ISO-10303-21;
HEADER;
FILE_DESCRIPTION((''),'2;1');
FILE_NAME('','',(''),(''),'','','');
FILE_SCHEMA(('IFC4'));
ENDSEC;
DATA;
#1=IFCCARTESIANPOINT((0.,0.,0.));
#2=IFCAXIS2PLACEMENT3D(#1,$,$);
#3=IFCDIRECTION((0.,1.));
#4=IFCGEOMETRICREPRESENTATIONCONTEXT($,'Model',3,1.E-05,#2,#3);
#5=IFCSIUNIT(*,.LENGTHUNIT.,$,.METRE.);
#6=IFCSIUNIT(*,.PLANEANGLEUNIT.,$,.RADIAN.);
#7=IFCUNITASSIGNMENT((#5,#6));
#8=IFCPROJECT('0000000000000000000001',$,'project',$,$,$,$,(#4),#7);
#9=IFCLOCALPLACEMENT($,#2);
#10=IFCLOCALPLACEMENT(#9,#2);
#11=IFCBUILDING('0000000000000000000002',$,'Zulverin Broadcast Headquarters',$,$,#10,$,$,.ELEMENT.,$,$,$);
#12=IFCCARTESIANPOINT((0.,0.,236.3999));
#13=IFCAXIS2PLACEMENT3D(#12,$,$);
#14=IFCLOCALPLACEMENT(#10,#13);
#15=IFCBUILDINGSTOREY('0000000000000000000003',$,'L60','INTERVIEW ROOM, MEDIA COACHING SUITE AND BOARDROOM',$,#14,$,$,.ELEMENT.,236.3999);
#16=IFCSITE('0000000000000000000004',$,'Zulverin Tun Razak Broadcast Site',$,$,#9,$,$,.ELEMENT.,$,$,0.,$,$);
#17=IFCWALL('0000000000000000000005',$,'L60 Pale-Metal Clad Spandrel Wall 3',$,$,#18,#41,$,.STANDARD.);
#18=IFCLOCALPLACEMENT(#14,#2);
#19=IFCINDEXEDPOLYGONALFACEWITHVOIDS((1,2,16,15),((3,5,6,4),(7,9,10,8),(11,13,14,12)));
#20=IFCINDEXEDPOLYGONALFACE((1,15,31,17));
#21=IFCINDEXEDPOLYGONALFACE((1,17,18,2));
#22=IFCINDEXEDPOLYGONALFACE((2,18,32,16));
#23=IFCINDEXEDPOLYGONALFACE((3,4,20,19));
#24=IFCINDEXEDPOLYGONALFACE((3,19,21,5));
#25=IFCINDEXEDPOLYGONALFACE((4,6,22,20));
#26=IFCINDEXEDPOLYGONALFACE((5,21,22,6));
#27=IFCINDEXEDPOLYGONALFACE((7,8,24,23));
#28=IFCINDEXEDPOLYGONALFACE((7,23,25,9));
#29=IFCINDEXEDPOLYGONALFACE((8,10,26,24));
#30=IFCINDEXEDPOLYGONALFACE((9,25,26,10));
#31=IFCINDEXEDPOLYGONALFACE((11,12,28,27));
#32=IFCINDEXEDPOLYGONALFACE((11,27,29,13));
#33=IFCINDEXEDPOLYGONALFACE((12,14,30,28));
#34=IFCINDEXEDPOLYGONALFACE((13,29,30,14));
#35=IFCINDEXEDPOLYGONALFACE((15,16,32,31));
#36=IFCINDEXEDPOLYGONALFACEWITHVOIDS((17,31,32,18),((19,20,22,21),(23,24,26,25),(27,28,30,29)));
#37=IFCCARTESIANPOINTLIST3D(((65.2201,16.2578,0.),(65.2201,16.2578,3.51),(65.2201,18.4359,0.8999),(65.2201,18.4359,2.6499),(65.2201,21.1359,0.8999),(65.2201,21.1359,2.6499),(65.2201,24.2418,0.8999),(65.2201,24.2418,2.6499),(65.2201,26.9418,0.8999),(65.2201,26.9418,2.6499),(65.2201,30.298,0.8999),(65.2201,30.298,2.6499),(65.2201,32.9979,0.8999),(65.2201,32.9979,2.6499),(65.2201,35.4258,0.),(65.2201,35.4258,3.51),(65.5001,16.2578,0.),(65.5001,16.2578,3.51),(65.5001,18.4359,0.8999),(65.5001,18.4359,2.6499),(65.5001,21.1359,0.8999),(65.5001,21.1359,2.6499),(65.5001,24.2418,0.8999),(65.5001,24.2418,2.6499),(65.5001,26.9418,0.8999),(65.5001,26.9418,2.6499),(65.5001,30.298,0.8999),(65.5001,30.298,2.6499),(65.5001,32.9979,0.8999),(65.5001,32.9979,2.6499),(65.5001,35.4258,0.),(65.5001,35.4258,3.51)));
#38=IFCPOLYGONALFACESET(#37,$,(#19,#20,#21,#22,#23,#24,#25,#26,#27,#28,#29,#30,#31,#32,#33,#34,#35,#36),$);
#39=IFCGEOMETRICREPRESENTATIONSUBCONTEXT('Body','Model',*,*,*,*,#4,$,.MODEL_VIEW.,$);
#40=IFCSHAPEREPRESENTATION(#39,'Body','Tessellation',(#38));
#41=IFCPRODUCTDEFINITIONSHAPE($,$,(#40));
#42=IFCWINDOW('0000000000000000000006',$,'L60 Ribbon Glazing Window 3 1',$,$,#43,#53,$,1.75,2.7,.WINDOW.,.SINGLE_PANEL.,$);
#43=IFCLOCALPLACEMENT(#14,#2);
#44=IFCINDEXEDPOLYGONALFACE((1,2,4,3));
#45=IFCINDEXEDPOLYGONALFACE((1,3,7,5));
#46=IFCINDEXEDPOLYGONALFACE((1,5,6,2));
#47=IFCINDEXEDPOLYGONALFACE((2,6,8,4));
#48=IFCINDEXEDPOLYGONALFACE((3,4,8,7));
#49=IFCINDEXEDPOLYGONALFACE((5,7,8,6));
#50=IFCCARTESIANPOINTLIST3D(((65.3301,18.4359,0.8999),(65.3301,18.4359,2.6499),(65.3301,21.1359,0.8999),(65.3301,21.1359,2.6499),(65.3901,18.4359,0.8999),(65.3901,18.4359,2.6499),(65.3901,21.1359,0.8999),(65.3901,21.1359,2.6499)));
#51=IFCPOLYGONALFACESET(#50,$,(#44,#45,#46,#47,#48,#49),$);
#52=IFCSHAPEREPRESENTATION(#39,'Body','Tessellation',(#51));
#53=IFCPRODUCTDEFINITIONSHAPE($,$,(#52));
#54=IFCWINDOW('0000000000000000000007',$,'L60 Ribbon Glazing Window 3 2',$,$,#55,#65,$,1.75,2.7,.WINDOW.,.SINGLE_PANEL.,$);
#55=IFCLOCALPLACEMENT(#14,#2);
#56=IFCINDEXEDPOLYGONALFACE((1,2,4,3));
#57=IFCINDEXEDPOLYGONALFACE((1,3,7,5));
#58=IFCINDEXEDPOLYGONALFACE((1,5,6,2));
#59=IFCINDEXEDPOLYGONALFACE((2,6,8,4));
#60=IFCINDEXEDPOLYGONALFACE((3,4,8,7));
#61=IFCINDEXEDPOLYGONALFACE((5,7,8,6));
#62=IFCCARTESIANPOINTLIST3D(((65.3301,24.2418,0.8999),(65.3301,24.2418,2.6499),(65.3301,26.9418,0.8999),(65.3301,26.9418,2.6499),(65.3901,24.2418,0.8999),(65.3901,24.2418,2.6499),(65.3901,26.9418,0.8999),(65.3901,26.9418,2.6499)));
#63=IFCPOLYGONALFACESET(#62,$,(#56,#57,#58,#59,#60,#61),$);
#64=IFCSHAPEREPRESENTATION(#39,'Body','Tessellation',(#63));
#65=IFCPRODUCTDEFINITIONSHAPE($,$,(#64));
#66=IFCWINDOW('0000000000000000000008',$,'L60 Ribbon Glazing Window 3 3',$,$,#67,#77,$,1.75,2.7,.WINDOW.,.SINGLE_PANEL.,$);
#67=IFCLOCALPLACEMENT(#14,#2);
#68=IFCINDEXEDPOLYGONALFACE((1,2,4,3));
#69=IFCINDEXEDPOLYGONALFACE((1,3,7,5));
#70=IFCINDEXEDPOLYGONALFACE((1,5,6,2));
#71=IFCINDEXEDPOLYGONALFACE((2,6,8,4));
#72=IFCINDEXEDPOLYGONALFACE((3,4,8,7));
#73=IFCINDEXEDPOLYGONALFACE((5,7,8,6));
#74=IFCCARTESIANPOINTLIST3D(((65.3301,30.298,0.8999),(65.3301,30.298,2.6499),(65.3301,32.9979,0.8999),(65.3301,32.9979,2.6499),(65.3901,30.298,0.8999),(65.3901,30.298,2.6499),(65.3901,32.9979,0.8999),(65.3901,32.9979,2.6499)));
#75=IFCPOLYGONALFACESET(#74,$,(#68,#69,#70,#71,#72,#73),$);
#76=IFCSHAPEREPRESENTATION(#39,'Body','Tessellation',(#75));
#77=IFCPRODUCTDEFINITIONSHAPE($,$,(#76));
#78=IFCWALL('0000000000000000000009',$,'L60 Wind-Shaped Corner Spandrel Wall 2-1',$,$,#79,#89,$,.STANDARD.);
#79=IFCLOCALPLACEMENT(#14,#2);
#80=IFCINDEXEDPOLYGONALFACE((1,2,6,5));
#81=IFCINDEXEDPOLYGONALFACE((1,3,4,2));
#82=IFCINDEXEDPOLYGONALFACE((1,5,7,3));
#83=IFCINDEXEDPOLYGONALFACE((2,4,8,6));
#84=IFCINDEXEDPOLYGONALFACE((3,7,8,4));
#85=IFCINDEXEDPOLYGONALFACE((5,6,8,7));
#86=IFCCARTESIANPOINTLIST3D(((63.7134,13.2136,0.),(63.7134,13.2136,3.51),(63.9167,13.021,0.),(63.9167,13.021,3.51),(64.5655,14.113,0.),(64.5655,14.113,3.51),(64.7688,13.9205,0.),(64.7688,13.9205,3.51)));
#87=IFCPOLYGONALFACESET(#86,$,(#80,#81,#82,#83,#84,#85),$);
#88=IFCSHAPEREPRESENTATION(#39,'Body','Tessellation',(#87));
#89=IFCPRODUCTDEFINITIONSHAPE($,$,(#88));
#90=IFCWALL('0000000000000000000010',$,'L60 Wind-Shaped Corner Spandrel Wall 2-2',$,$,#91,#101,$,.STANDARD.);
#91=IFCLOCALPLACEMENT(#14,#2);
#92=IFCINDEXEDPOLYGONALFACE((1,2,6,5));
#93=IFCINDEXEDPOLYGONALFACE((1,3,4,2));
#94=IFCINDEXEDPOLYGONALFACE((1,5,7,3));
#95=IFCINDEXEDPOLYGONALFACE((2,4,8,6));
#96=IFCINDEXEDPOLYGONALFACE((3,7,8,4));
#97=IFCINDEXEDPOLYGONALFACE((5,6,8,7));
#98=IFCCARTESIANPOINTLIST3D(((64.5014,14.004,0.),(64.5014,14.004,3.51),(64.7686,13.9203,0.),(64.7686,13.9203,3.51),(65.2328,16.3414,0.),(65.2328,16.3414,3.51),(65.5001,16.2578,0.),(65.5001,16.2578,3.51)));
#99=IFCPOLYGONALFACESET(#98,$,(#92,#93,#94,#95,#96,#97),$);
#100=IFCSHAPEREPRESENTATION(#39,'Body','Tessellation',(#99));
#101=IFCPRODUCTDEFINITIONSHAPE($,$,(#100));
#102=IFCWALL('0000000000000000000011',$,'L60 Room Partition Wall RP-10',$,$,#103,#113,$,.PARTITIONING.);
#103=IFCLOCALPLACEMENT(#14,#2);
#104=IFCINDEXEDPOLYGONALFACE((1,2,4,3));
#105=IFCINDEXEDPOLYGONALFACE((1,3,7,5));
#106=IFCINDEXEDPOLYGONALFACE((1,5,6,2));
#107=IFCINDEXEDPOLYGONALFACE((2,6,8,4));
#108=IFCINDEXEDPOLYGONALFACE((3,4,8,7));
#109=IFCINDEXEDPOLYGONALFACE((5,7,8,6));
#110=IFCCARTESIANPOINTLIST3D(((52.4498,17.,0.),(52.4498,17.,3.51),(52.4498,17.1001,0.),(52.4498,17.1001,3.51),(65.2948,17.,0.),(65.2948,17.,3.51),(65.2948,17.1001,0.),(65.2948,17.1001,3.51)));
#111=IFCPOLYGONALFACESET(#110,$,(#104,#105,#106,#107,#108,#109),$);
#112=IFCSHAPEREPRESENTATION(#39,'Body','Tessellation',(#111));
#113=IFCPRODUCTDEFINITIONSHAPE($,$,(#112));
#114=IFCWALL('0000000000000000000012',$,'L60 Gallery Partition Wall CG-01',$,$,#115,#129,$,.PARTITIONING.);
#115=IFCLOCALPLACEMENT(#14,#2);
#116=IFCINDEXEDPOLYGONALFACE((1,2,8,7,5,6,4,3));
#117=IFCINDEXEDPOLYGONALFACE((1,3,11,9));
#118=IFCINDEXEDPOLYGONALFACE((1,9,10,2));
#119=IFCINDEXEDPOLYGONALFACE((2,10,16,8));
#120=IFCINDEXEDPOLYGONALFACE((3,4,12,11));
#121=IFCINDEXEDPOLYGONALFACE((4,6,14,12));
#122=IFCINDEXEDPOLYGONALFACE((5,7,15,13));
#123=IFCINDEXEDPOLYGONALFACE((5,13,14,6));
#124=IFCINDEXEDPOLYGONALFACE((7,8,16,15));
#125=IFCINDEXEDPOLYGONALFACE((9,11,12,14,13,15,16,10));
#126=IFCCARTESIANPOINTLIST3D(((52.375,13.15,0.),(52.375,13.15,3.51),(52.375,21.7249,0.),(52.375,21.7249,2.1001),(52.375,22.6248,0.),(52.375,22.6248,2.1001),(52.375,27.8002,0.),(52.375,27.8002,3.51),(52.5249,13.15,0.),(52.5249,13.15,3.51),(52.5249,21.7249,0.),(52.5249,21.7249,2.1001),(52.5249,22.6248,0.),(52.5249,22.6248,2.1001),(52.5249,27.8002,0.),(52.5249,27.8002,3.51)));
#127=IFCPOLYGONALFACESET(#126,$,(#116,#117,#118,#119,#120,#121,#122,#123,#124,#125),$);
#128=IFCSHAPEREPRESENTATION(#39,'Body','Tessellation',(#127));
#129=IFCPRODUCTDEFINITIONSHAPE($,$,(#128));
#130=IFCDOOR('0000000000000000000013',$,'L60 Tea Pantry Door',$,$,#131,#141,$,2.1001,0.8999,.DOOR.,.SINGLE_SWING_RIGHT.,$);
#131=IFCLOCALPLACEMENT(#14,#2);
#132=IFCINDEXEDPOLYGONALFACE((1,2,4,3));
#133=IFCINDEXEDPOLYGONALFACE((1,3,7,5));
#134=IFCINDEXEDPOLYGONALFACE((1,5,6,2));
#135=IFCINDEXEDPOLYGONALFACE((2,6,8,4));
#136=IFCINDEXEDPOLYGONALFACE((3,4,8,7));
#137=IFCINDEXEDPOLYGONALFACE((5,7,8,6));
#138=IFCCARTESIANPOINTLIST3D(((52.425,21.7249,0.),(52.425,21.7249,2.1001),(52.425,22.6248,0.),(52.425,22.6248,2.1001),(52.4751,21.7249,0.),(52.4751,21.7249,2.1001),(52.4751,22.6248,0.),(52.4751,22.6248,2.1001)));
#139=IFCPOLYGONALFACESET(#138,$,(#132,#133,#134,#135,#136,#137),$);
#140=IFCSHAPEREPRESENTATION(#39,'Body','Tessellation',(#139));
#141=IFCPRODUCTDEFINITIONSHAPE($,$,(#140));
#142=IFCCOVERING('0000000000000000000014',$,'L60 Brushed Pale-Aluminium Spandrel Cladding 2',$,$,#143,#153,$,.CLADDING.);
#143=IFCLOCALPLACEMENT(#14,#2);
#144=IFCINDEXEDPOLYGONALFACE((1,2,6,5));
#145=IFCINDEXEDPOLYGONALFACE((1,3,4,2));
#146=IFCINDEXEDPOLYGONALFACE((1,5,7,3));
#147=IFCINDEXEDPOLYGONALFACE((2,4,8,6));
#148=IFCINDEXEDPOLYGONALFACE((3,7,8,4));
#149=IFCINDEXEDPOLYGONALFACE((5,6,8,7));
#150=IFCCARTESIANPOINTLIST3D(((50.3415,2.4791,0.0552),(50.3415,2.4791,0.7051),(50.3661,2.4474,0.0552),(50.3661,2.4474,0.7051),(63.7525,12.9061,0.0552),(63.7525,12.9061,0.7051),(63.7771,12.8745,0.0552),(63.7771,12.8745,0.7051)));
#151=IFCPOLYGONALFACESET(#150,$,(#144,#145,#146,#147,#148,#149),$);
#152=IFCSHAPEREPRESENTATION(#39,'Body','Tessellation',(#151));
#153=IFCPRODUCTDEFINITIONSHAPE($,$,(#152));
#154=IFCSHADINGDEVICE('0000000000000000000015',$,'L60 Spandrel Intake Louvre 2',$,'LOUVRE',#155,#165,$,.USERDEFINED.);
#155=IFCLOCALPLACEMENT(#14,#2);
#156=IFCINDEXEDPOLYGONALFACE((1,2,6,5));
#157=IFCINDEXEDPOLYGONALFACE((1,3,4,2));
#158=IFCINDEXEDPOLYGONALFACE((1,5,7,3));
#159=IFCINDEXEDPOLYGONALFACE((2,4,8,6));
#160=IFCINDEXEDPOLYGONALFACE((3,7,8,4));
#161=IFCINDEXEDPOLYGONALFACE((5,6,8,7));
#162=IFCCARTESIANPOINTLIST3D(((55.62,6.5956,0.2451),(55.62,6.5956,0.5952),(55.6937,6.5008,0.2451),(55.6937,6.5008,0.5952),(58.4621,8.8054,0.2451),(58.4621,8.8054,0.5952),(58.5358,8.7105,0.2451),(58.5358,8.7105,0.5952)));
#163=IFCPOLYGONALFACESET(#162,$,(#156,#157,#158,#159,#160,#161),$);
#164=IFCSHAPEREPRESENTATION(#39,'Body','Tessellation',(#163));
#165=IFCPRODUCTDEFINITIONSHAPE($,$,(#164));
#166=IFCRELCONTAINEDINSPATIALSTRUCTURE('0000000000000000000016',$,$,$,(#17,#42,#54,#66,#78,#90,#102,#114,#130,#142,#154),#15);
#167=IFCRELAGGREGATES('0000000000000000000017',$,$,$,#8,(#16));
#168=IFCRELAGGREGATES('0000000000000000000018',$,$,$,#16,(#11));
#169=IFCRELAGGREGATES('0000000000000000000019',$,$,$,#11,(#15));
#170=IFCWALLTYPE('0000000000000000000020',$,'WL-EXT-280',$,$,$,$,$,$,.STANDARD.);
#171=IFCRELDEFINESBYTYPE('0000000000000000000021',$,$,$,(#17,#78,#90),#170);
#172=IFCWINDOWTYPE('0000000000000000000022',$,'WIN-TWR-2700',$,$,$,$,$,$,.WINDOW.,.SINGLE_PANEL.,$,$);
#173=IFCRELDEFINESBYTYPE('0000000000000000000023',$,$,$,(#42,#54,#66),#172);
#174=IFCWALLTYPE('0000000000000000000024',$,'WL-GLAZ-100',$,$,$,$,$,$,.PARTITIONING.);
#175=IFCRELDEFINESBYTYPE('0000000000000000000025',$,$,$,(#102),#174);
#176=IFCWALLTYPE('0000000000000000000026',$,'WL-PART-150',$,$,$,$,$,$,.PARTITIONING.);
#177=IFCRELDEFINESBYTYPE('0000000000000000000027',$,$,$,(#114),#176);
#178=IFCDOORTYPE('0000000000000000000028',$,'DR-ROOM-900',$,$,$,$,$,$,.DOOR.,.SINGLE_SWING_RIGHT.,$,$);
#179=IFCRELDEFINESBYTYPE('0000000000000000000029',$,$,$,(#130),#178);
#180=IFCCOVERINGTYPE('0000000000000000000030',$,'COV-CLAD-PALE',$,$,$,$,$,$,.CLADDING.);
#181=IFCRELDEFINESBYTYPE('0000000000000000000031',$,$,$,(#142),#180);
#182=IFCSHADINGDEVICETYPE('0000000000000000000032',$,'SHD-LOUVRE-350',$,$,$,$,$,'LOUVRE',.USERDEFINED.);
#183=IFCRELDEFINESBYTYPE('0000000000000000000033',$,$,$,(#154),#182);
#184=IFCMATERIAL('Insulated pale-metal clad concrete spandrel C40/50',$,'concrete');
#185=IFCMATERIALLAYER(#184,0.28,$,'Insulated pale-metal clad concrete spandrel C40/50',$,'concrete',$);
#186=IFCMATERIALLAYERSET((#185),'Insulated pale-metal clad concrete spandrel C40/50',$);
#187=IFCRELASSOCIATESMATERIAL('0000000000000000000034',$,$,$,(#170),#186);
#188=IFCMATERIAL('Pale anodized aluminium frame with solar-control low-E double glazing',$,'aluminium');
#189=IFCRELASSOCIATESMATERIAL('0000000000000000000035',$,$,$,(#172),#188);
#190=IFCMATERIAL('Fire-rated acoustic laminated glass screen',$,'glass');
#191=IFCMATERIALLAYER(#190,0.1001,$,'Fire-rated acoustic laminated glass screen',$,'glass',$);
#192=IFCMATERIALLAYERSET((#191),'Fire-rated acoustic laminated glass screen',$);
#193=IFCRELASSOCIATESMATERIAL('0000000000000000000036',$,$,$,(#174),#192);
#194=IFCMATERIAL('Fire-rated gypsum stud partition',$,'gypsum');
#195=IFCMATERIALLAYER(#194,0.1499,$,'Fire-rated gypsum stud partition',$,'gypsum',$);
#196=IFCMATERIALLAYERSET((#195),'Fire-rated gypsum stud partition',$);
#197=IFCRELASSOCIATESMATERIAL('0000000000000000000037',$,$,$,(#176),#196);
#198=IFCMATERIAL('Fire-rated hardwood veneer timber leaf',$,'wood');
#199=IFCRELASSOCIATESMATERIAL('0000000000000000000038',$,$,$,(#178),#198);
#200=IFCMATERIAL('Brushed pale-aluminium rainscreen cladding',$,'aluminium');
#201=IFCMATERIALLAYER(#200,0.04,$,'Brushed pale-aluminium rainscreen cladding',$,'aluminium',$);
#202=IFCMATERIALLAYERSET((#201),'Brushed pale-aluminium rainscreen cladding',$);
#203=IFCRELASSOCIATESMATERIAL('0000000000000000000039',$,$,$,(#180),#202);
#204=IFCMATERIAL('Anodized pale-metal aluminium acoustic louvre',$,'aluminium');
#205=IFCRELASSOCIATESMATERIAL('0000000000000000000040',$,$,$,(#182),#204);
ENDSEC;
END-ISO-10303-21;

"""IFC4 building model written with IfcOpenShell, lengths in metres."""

from ifc_helpers import new_model, si_unit, direction, frame, frame_2d, origin, origin_2d, place, context, subcontext, project, spatial, rectangle, extrude, material, layer, layer_set, type_object, element, fill, save


model = new_model("IFC4")

# Units and contexts
model_context = context("Model", 3, precision=1e-05, world=origin(), true_north=direction((0.0, 1.0)))
body_context = subcontext(model_context, "Body", "Model", "MODEL_VIEW")
ifc_project = project(units=[si_unit("LENGTHUNIT", "METRE"), si_unit("PLANEANGLEUNIT", "RADIAN")], contexts=[model_context])

# Site, building, storey
site_placement = place(None, origin())
site = spatial("IfcSite", under=ifc_project, at=site_placement, Name="Zulverin Tun Razak Broadcast Site", CompositionType="ELEMENT", RefElevation=0.0)
building_placement = place(site_placement, origin())
building = spatial("IfcBuilding", under=site, at=building_placement, Name="Zulverin Broadcast Headquarters", CompositionType="ELEMENT")
storey_placement = place(building_placement, frame((0.0, 0.0, 236.3999)))
storey = spatial("IfcBuildingStorey", under=building, at=storey_placement, Name="L60", Description="INTERVIEW ROOM, MEDIA COACHING SUITE AND BOARDROOM", CompositionType="ELEMENT", Elevation=236.3999)

# Wall, openings, windows
ifc_material_1 = material(Name="Insulated pale-metal clad concrete spandrel C40/50", Category="concrete")
ifc_layer_1 = layer(ifc_material_1, 0.28, Name="Insulated pale-metal clad concrete spandrel C40/50", Category="concrete")
ifc_layer_set_1 = layer_set([ifc_layer_1], Name="Insulated pale-metal clad concrete spandrel C40/50")
wall_type_1 = type_object("IfcWallType", Name="WL-EXT-280", PredefinedType="STANDARD", material=ifc_layer_set_1)
wall_1_placement = place(storey_placement, frame((65.3601, 16.2578, 0.0), z_axis=(0.0, 0.0, 1.0), x_axis=(0.0, 1.0, 0.0)))
wall_1 = element("IfcWall", 1, at=wall_1_placement, inside=storey, type_object=wall_type_1, Name="L60 Pale-Metal Clad Spandrel Wall 3", PredefinedType="STANDARD", context=body_context, shape_type="SweptSolid", body=[
    extrude(rectangle(XDim=19.168, YDim=0.28, at=frame_2d((9.584, 0.0))), origin(), (0.0, 0.0, 1.0), 3.51),
])
opening_1_placement = place(wall_1_placement, frame((2.178, 0.0, 0.8999)))
opening_1 = element("IfcOpeningElement", 2, at=opening_1_placement, cuts=wall_1, PredefinedType="OPENING", context=body_context, shape_type="SweptSolid", body=[
    extrude(rectangle(XDim=2.7, YDim=1.75, at=frame_2d((1.3501, 0.875))), frame((0.0, 0.1499, 0.0), z_axis=(0.0, -1.0, 0.0), x_axis=(1.0, 0.0, 0.0)), (0.0, 0.0, 1.0), 0.3),
])
opening_2_placement = place(wall_1_placement, frame((7.9839, 0.0, 0.8999)))
opening_2 = element("IfcOpeningElement", 3, at=opening_2_placement, cuts=wall_1, PredefinedType="OPENING", context=body_context, shape_type="SweptSolid", body=[
    extrude(rectangle(XDim=2.7, YDim=1.75, at=frame_2d((1.3501, 0.875))), frame((0.0, 0.1499, 0.0), z_axis=(0.0, -1.0, 0.0), x_axis=(1.0, 0.0, 0.0)), (0.0, 0.0, 1.0), 0.3),
])
opening_3_placement = place(wall_1_placement, frame((14.04, 0.0, 0.8999)))
opening_3 = element("IfcOpeningElement", 4, at=opening_3_placement, cuts=wall_1, PredefinedType="OPENING", context=body_context, shape_type="SweptSolid", body=[
    extrude(rectangle(XDim=2.7, YDim=1.75, at=frame_2d((1.3501, 0.875))), frame((0.0, 0.1499, 0.0), z_axis=(0.0, -1.0, 0.0), x_axis=(1.0, 0.0, 0.0)), (0.0, 0.0, 1.0), 0.3),
])
ifc_material_2 = material(Name="Pale anodized aluminium frame with solar-control low-E double glazing", Category="aluminium")
window_type = type_object("IfcWindowType", Name="WIN-TWR-2700", PartitioningType="SINGLE_PANEL", PredefinedType="WINDOW", material=ifc_material_2)
window_1_placement = place(opening_1_placement, origin())
window_1 = element("IfcWindow", 5, at=window_1_placement, inside=storey, type_object=window_type, Name="L60 Ribbon Glazing Window 3 1", OverallHeight=1.75, OverallWidth=2.7, PartitioningType="SINGLE_PANEL", PredefinedType="WINDOW", context=body_context, shape_type="SweptSolid", body=[
    extrude(rectangle(XDim=2.7, YDim=1.75, at=frame_2d((1.3501, 0.875))), frame((0.0, 0.03, 0.0), z_axis=(0.0, -1.0, 0.0), x_axis=(1.0, 0.0, 0.0)), (0.0, 0.0, 1.0), 0.0601),
])
fill(opening_1, window_1)
window_2_placement = place(opening_2_placement, origin())
window_2 = element("IfcWindow", 6, at=window_2_placement, inside=storey, type_object=window_type, Name="L60 Ribbon Glazing Window 3 2", OverallHeight=1.75, OverallWidth=2.7, PartitioningType="SINGLE_PANEL", PredefinedType="WINDOW", context=body_context, shape_type="SweptSolid", body=[
    extrude(rectangle(XDim=2.7, YDim=1.75, at=frame_2d((1.3501, 0.875))), frame((0.0, 0.03, 0.0), z_axis=(0.0, -1.0, 0.0), x_axis=(1.0, 0.0, 0.0)), (0.0, 0.0, 1.0), 0.0601),
])
fill(opening_2, window_2)
window_3_placement = place(opening_3_placement, origin())
window_3 = element("IfcWindow", 7, at=window_3_placement, inside=storey, type_object=window_type, Name="L60 Ribbon Glazing Window 3 3", OverallHeight=1.75, OverallWidth=2.7, PartitioningType="SINGLE_PANEL", PredefinedType="WINDOW", context=body_context, shape_type="SweptSolid", body=[
    extrude(rectangle(XDim=2.7, YDim=1.75, at=frame_2d((1.3501, 0.875))), frame((0.0, 0.03, 0.0), z_axis=(0.0, -1.0, 0.0), x_axis=(1.0, 0.0, 0.0)), (0.0, 0.0, 1.0), 0.0601),
])
fill(opening_3, window_3)

# Walls
wall_2_placement = place(storey_placement, frame((63.8149, 13.1172, 0.0), z_axis=(0.0, 0.0, 1.0), x_axis=(0.687734, 0.725963, 0.0)))
element("IfcWall", 8, at=wall_2_placement, inside=storey, type_object=wall_type_1, Name="L60 Wind-Shaped Corner Spandrel Wall 2-1", PredefinedType="STANDARD", context=body_context, shape_type="SweptSolid", body=[
    extrude(rectangle(XDim=1.239, YDim=0.28, at=frame_2d((0.6196, 0.0))), origin(), (0.0, 0.0, 1.0), 3.51),
])
wall_3_placement = place(storey_placement, frame((64.635, 13.9622, 0.0), z_axis=(0.0, 0.0, 1.0), x_axis=(0.29865, 0.954363, 0.0)))
element("IfcWall", 9, at=wall_3_placement, inside=storey, type_object=wall_type_1, Name="L60 Wind-Shaped Corner Spandrel Wall 2-2", PredefinedType="STANDARD", context=body_context, shape_type="SweptSolid", body=[
    extrude(rectangle(XDim=2.4492, YDim=0.28, at=frame_2d((1.2246, 0.0))), origin(), (0.0, 0.0, 1.0), 3.51),
])
ifc_material_3 = material(Name="Fire-rated acoustic laminated glass screen", Category="glass")
ifc_layer_2 = layer(ifc_material_3, 0.1001, Name="Fire-rated acoustic laminated glass screen", Category="glass")
ifc_layer_set_2 = layer_set([ifc_layer_2], Name="Fire-rated acoustic laminated glass screen")
wall_type_2 = type_object("IfcWallType", Name="WL-GLAZ-100", PredefinedType="PARTITIONING", material=ifc_layer_set_2)
wall_4_placement = place(storey_placement, frame((52.45, 17.05, 0.0), z_axis=(0.0, 0.0, 1.0), x_axis=(1.0, 0.0, 0.0)))
element("IfcWall", 10, at=wall_4_placement, inside=storey, type_object=wall_type_2, Name="L60 Room Partition Wall RP-10", PredefinedType="PARTITIONING", context=body_context, shape_type="SweptSolid", body=[
    extrude(rectangle(XDim=12.845, YDim=0.1001, at=frame_2d((6.4224, 0.0))), origin(), (0.0, 0.0, 1.0), 3.51),
])

# Wall, opening, door
ifc_material_4 = material(Name="Fire-rated gypsum stud partition", Category="gypsum")
ifc_layer_3 = layer(ifc_material_4, 0.1499, Name="Fire-rated gypsum stud partition", Category="gypsum")
ifc_layer_set_3 = layer_set([ifc_layer_3], Name="Fire-rated gypsum stud partition")
wall_type_3 = type_object("IfcWallType", Name="WL-PART-150", PredefinedType="PARTITIONING", material=ifc_layer_set_3)
wall_5_placement = place(storey_placement, frame((52.45, 13.1499, 0.0), z_axis=(0.0, 0.0, 1.0), x_axis=(0.0, 1.0, 0.0)))
wall_5 = element("IfcWall", 11, at=wall_5_placement, inside=storey, type_object=wall_type_3, Name="L60 Gallery Partition Wall CG-01", PredefinedType="PARTITIONING", context=body_context, shape_type="SweptSolid", body=[
    extrude(rectangle(XDim=14.6501, YDim=0.1499, at=frame_2d((7.3252, 0.0))), origin(), (0.0, 0.0, 1.0), 3.51),
])
opening_4_placement = place(wall_5_placement, frame((8.575, 0.0, 0.0)))
opening_4 = element("IfcOpeningElement", 12, at=opening_4_placement, cuts=wall_5, PredefinedType="OPENING", context=body_context, shape_type="SweptSolid", body=[
    extrude(rectangle(XDim=0.8999, YDim=2.1001, at=frame_2d((0.45, 1.05))), frame((0.0, 0.085, 0.0), z_axis=(0.0, -1.0, 0.0), x_axis=(1.0, 0.0, 0.0)), (0.0, 0.0, 1.0), 0.1699),
])
ifc_material_5 = material(Name="Fire-rated hardwood veneer timber leaf", Category="wood")
door_type = type_object("IfcDoorType", Name="DR-ROOM-900", OperationType="SINGLE_SWING_RIGHT", PredefinedType="DOOR", material=ifc_material_5)
door_placement = place(opening_4_placement, origin())
door = element("IfcDoor", 13, at=door_placement, inside=storey, type_object=door_type, Name="L60 Tea Pantry Door", OperationType="SINGLE_SWING_RIGHT", OverallHeight=2.1001, OverallWidth=0.8999, PredefinedType="DOOR", context=body_context, shape_type="SweptSolid", body=[
    extrude(rectangle(XDim=0.8999, YDim=2.1001, at=frame_2d((0.45, 1.05))), frame((0.0, 0.0249, 0.0), z_axis=(0.0, -1.0, 0.0), x_axis=(1.0, 0.0, 0.0)), (0.0, 0.0, 1.0), 0.05),
])
fill(opening_4, door)

# Covering
ifc_material_6 = material(Name="Brushed pale-aluminium rainscreen cladding", Category="aluminium")
ifc_layer_4 = layer(ifc_material_6, 0.04, Name="Brushed pale-aluminium rainscreen cladding", Category="aluminium")
ifc_layer_set_4 = layer_set([ifc_layer_4], Name="Brushed pale-aluminium rainscreen cladding")
covering_type = type_object("IfcCoveringType", Name="COV-CLAD-PALE", PredefinedType="CLADDING", material=ifc_layer_set_4)
covering_placement = place(storey_placement, frame((57.0593, 7.6768, 0.0552), z_axis=(0.0, 0.0, 1.0), x_axis=(0.789459, 0.613803, 0.0)))
element("IfcCovering", 14, at=covering_placement, inside=storey, type_object=covering_type, Name="L60 Brushed Pale-Aluminium Spandrel Cladding 2", PredefinedType="CLADDING", context=body_context, shape_type="SweptSolid", body=[
    extrude(rectangle(XDim=16.9875, YDim=0.04, at=origin_2d()), origin(), (0.0, 0.0, 1.0), 0.6499),
])

# Shading device
ifc_material_7 = material(Name="Anodized pale-metal aluminium acoustic louvre", Category="aluminium")
shading_device_type_1 = type_object("IfcShadingDeviceType", Name="SHD-LOUVRE-350", ElementType="LOUVRE", PredefinedType="USERDEFINED", material=ifc_material_7)
shading_device_1_placement = place(storey_placement, frame((57.0779, 7.6531, 0.2451), z_axis=(0.0, 0.0, 1.0), x_axis=(0.789459, 0.613803, 0.0)))
element("IfcShadingDevice", 15, at=shading_device_1_placement, inside=storey, type_object=shading_device_type_1, Name="L60 Spandrel Intake Louvre 2", ObjectType="LOUVRE", PredefinedType="USERDEFINED", context=body_context, shape_type="SweptSolid", body=[
    extrude(rectangle(XDim=3.6001, YDim=0.1201, at=origin_2d()), origin(), (0.0, 0.0, 1.0), 0.3501),
])

save(model, "model.ifc")
